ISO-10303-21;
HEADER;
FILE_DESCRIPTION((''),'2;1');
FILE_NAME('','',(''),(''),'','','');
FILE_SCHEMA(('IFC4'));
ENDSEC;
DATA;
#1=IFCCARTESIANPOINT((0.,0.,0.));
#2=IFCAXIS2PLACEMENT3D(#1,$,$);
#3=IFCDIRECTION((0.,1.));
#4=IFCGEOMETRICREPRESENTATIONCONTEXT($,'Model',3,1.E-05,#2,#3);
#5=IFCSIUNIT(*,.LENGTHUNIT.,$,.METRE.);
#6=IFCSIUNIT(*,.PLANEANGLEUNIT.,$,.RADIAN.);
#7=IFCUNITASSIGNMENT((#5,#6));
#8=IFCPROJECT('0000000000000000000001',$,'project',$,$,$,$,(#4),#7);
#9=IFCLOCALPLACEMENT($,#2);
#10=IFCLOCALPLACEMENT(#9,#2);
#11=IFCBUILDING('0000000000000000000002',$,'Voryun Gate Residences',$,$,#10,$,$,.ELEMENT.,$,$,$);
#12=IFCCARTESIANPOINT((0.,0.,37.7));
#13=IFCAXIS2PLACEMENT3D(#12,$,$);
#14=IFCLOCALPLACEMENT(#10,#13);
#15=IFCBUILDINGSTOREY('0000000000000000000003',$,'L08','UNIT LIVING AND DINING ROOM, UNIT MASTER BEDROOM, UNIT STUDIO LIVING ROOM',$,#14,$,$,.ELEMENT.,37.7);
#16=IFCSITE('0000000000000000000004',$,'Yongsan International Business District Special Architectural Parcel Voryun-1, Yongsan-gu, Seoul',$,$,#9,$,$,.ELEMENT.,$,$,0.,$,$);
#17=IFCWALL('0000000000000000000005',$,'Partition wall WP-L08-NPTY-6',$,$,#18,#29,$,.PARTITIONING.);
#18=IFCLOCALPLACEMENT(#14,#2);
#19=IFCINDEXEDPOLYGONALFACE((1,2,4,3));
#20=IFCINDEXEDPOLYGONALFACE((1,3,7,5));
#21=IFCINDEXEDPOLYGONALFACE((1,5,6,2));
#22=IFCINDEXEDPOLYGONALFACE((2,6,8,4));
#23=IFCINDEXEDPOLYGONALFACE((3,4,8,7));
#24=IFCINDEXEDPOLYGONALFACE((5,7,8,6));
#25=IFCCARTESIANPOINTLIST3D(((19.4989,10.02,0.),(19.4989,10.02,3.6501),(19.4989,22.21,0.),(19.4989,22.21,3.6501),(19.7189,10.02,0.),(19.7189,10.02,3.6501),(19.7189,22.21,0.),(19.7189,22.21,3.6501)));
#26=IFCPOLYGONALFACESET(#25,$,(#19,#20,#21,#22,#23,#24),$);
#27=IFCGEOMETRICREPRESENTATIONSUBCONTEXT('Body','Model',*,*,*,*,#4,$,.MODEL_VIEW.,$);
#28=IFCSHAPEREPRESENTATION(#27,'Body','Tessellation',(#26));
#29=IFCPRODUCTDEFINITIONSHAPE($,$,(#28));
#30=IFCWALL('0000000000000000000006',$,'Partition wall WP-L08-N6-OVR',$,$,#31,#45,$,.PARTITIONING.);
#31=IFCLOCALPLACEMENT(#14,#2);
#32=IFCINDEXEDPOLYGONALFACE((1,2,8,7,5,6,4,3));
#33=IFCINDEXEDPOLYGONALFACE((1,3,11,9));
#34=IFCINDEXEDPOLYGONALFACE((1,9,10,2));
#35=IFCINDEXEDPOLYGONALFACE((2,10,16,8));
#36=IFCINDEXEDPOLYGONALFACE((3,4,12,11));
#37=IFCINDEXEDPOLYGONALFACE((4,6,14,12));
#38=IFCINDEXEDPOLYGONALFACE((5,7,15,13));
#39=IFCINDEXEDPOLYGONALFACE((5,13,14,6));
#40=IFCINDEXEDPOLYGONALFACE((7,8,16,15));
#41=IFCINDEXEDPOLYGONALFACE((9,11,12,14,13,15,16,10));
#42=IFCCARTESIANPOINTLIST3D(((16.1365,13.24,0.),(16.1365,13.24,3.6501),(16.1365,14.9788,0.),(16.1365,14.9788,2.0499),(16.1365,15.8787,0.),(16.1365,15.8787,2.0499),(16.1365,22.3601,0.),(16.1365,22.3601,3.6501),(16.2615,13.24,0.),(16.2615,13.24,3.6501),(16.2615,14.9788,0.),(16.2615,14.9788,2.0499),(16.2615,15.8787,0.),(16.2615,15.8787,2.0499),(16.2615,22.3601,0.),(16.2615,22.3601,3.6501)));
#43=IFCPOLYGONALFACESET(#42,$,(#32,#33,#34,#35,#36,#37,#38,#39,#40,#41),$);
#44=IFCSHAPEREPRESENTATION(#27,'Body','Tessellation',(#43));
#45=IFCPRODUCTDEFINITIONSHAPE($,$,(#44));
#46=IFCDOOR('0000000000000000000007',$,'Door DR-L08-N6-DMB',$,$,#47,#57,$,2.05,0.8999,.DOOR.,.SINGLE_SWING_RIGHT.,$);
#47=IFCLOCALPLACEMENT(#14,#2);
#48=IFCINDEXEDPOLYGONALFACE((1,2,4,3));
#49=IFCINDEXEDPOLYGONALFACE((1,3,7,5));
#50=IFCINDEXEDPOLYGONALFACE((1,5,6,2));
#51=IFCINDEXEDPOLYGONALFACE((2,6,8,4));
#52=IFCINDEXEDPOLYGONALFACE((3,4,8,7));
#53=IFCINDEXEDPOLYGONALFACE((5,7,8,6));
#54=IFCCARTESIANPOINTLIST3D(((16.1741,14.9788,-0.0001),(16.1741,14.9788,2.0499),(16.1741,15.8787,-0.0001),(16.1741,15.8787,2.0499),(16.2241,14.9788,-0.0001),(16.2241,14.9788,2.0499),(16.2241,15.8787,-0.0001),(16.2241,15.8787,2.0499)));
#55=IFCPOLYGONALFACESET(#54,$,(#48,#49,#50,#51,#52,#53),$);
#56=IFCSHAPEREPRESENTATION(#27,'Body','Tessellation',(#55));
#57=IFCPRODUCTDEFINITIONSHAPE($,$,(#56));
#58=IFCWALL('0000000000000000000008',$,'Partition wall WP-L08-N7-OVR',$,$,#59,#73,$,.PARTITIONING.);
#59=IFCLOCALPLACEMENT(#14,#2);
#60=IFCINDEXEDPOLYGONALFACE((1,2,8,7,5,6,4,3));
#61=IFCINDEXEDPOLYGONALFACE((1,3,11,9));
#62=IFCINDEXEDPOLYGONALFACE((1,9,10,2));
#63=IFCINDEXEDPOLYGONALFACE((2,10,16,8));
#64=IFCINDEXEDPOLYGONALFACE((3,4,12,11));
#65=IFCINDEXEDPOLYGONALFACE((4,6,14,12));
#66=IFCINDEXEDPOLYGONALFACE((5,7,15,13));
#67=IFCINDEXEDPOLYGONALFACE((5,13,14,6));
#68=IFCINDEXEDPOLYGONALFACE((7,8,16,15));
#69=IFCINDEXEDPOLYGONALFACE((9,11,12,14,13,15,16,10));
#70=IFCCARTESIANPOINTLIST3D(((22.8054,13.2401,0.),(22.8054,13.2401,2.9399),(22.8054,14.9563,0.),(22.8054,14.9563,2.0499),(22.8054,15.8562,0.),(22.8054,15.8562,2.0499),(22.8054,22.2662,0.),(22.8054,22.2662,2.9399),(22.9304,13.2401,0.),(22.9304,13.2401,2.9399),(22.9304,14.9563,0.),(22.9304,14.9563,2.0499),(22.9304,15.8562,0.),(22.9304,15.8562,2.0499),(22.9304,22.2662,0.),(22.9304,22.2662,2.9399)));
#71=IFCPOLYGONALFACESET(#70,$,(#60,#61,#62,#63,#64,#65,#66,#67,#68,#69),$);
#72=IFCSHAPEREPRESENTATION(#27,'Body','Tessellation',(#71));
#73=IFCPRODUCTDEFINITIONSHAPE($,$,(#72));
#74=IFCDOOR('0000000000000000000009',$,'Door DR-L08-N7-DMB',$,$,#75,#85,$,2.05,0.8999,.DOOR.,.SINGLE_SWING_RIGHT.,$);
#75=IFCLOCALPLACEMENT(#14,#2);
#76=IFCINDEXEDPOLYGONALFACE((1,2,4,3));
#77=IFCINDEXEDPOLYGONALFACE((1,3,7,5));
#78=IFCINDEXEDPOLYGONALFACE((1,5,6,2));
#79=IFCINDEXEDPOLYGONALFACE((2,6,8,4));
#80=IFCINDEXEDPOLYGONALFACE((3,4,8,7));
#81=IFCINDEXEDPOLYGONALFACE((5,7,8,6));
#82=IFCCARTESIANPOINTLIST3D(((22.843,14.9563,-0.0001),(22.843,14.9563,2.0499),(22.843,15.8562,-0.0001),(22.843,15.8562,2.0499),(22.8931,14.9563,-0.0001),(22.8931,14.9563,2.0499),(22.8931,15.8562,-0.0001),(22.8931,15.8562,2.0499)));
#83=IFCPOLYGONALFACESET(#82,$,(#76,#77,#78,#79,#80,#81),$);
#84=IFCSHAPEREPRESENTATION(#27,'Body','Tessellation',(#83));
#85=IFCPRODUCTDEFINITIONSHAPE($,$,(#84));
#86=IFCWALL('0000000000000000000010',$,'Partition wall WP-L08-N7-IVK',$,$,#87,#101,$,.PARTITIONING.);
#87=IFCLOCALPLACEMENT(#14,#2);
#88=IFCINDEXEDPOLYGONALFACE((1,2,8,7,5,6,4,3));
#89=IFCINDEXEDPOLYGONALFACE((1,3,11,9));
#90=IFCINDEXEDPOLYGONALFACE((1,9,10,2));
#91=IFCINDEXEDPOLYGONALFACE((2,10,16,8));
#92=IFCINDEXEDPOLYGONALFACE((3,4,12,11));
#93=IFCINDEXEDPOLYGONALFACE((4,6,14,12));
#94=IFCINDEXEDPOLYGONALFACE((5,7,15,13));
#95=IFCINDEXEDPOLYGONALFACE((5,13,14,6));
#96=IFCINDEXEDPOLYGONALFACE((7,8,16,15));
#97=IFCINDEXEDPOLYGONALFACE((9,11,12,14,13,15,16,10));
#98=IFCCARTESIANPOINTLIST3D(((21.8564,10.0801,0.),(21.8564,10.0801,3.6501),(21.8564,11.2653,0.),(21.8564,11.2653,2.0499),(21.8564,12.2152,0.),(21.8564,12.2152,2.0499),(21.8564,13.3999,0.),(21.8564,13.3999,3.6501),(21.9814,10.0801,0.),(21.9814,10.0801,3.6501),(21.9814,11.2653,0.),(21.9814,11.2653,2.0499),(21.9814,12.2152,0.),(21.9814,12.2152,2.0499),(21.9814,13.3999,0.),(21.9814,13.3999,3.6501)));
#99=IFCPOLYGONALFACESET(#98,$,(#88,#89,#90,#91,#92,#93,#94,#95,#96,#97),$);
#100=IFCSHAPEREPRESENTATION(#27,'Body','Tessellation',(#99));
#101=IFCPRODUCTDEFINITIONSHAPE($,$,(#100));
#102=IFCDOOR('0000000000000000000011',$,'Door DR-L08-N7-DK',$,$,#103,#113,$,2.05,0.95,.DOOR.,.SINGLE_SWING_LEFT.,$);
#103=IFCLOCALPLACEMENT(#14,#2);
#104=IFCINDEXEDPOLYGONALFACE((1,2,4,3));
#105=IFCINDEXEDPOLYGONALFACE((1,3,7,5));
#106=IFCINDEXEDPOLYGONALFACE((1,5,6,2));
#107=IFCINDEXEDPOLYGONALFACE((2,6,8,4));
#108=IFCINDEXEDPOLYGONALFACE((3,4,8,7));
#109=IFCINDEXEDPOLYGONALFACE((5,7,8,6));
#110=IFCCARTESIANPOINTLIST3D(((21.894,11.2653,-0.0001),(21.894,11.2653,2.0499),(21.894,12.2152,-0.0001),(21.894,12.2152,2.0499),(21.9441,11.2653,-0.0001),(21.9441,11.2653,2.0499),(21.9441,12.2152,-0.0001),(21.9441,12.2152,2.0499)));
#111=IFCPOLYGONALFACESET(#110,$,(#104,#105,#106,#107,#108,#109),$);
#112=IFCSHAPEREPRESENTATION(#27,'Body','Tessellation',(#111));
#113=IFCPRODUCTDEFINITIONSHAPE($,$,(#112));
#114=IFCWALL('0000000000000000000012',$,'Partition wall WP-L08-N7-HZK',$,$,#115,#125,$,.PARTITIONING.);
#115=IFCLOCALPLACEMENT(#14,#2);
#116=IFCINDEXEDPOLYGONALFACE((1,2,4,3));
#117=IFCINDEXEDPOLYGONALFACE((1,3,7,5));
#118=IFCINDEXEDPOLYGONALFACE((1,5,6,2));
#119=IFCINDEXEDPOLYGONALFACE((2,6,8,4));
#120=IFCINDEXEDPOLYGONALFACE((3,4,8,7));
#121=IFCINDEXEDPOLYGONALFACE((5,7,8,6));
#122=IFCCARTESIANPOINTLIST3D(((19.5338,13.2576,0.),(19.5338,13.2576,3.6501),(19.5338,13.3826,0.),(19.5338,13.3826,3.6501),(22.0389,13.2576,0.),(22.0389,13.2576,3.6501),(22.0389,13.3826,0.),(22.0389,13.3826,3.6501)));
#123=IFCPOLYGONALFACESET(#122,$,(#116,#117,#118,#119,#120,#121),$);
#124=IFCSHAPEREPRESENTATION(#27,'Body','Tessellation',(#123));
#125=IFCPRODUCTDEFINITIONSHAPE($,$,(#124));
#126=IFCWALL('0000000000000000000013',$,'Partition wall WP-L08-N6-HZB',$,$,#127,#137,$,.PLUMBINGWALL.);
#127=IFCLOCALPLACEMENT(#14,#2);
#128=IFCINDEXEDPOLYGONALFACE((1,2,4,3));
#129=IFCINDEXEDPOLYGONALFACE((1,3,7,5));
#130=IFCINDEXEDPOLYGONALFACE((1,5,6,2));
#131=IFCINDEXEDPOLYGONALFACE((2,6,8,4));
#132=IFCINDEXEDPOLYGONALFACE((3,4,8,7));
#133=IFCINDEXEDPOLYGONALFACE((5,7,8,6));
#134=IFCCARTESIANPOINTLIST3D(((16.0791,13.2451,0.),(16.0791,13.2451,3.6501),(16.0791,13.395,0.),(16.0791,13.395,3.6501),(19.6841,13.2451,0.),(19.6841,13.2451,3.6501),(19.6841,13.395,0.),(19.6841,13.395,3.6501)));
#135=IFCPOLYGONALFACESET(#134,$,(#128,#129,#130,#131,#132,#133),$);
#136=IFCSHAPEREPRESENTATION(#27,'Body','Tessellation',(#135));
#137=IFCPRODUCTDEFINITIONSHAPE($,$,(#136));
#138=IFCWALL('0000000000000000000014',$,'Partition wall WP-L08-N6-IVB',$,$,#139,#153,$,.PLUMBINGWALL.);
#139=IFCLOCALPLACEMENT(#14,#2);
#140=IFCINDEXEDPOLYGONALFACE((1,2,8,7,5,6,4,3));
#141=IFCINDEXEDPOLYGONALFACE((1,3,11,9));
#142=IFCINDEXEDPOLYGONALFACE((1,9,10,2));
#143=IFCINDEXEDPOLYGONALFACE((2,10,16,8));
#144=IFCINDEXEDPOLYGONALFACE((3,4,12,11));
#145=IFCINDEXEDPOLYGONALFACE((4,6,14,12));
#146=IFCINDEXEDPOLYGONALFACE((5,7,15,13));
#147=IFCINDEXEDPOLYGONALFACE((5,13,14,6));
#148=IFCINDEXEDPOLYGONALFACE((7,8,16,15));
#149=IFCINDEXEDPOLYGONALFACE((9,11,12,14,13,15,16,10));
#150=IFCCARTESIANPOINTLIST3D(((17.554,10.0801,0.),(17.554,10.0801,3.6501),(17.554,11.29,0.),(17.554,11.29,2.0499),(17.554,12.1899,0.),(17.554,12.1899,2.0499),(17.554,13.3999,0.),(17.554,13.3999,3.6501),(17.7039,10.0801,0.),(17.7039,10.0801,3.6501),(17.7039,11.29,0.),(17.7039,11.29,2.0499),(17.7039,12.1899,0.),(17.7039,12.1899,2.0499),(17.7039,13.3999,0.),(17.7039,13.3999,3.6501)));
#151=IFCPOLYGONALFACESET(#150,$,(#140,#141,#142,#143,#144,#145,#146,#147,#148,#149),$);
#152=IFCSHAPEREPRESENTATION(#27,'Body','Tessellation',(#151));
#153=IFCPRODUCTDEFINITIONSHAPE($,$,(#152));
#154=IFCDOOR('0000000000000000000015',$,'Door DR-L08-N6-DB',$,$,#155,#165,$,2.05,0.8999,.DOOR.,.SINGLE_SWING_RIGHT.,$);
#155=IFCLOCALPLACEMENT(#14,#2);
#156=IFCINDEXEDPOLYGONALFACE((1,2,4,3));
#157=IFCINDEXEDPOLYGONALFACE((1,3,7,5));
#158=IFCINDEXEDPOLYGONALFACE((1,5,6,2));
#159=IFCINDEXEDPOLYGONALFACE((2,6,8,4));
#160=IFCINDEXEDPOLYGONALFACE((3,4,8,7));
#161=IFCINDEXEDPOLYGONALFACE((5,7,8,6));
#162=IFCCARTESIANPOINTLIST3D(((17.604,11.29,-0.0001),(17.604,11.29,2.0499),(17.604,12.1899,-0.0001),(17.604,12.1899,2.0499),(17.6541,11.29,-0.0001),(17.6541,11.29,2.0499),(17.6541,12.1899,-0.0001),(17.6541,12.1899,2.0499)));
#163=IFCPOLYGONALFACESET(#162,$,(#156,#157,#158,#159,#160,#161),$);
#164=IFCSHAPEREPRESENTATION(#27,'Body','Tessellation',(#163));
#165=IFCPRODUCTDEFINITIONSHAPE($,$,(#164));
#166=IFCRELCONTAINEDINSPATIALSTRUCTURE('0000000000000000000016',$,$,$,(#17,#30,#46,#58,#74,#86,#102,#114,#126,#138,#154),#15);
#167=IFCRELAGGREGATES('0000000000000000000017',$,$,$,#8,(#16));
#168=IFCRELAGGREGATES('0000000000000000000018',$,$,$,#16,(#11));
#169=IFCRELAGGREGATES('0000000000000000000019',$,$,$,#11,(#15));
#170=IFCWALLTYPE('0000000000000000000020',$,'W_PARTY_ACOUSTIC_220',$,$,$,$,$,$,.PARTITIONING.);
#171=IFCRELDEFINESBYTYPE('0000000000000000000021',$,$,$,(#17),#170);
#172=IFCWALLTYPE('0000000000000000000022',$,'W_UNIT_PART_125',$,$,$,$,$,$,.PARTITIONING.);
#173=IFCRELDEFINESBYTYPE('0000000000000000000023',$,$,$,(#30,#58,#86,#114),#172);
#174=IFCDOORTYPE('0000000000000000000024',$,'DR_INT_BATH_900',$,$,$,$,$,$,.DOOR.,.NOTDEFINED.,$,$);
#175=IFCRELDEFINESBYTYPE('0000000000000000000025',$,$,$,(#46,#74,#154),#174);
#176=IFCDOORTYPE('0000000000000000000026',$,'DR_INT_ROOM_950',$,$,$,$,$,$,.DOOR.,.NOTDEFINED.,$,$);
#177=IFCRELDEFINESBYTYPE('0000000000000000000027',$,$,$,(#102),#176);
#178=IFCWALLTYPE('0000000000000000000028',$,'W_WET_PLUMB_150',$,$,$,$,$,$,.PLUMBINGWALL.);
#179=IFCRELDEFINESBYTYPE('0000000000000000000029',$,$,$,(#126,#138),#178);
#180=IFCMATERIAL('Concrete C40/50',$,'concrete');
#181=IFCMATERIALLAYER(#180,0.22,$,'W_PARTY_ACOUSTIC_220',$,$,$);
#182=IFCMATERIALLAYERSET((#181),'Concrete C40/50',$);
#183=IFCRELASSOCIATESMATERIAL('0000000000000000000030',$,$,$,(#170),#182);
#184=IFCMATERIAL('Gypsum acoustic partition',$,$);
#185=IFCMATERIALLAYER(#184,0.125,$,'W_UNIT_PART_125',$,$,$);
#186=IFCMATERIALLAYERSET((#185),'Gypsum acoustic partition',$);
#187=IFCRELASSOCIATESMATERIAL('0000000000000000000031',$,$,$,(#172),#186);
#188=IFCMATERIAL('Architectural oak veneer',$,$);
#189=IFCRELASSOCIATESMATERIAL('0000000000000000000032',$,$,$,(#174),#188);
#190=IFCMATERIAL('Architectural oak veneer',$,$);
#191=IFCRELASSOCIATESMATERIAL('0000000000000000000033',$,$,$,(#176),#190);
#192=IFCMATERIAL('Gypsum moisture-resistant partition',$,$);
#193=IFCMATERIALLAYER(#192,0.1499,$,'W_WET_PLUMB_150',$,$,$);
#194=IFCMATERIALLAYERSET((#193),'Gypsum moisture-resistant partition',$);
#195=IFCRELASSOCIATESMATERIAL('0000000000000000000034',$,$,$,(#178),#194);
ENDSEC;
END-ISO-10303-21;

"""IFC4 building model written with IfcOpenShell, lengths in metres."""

from ifc_helpers import new_model, si_unit, direction, frame, frame_2d, origin, place, context, subcontext, project, spatial, rectangle, extrude, material, layer, layer_set, type_object, element, fill, save


model = new_model("IFC4")

# Units and contexts
model_context = context("Model", 3, precision=1e-05, world=origin(), true_north=direction((0.0, 1.0)))
body_context = subcontext(model_context, "Body", "Model", "MODEL_VIEW")
ifc_project = project(units=[si_unit("LENGTHUNIT", "METRE"), si_unit("PLANEANGLEUNIT", "RADIAN")], contexts=[model_context])

# Site, building, storey
site_placement = place(None, origin())
site = spatial("IfcSite", under=ifc_project, at=site_placement, Name="Yongsan International Business District Special Architectural Parcel Voryun-1, Yongsan-gu, Seoul", CompositionType="ELEMENT", RefElevation=0.0)
building_placement = place(site_placement, origin())
building = spatial("IfcBuilding", under=site, at=building_placement, Name="Voryun Gate Residences", CompositionType="ELEMENT")
storey_placement = place(building_placement, frame((0.0, 0.0, 37.7)))
storey = spatial("IfcBuildingStorey", under=building, at=storey_placement, Name="L08", Description="UNIT LIVING AND DINING ROOM, UNIT MASTER BEDROOM, UNIT STUDIO LIVING ROOM", CompositionType="ELEMENT", Elevation=37.7)

# Wall
ifc_material_1 = material(Name="Concrete C40/50", Category="concrete")
ifc_layer_1 = layer(ifc_material_1, 0.22, Name="W_PARTY_ACOUSTIC_220")
ifc_layer_set_1 = layer_set([ifc_layer_1], Name="Concrete C40/50")
wall_type_1 = type_object("IfcWallType", Name="W_PARTY_ACOUSTIC_220", PredefinedType="PARTITIONING", material=ifc_layer_set_1)
wall_1_placement = place(storey_placement, frame((19.6089, 10.02, 0.0), z_axis=(0.0, 0.0, 1.0), x_axis=(0.0, 1.0, 0.0)))
element("IfcWall", 1, at=wall_1_placement, inside=storey, type_object=wall_type_1, Name="Partition wall WP-L08-NPTY-6", PredefinedType="PARTITIONING", context=body_context, shape_type="SweptSolid", body=[
    extrude(rectangle(XDim=12.1899, YDim=0.22, at=frame_2d((6.095, 0.0))), origin(), (0.0, 0.0, 1.0), 3.6501),
])

# Walls, openings, doors
ifc_material_2 = material(Name="Gypsum acoustic partition")
ifc_layer_2 = layer(ifc_material_2, 0.125, Name="W_UNIT_PART_125")
ifc_layer_set_2 = layer_set([ifc_layer_2], Name="Gypsum acoustic partition")
wall_type_2 = type_object("IfcWallType", Name="W_UNIT_PART_125", PredefinedType="PARTITIONING", material=ifc_layer_set_2)
wall_2_placement = place(storey_placement, frame((16.199, 13.24, 0.0), z_axis=(0.0, 0.0, 1.0), x_axis=(0.0, 1.0, 0.0)))
wall_2 = element("IfcWall", 2, at=wall_2_placement, inside=storey, type_object=wall_type_2, Name="Partition wall WP-L08-N6-OVR", PredefinedType="PARTITIONING", context=body_context, shape_type="SweptSolid", body=[
    extrude(rectangle(XDim=9.1201, YDim=0.125, at=frame_2d((4.5601, 0.0))), origin(), (0.0, 0.0, 1.0), 3.6501),
])
opening_1_placement = place(wall_2_placement, frame((1.7388, 0.0, 0.0)))
opening_1 = element("IfcOpeningElement", 3, at=opening_1_placement, cuts=wall_2, PredefinedType="OPENING", context=body_context, shape_type="SweptSolid", body=[
    extrude(rectangle(XDim=0.8999, YDim=2.05, at=frame_2d((0.45, 1.0249))), frame((0.0, 0.0725, 0.0), z_axis=(0.0, -1.0, 0.0), x_axis=(1.0, 0.0, 0.0)), (0.0, 0.0, 1.0), 0.145),
])
ifc_material_3 = material(Name="Architectural oak veneer")
door_type_1 = type_object("IfcDoorType", Name="DR_INT_BATH_900", OperationType="NOTDEFINED", PredefinedType="DOOR", material=ifc_material_3)
door_1_placement = place(opening_1_placement, origin())
door_1 = element("IfcDoor", 4, at=door_1_placement, inside=storey, type_object=door_type_1, Name="Door DR-L08-N6-DMB", OperationType="SINGLE_SWING_RIGHT", OverallHeight=2.05, OverallWidth=0.8999, PredefinedType="DOOR", context=body_context, shape_type="SweptSolid", body=[
    extrude(rectangle(XDim=0.8999, YDim=2.05, at=frame_2d((0.45, 1.0249))), frame((0.0, 0.0249, 0.0), z_axis=(0.0, -1.0, 0.0), x_axis=(1.0, 0.0, 0.0)), (0.0, 0.0, 1.0), 0.05),
])
fill(opening_1, door_1)
wall_3_placement = place(storey_placement, frame((22.8679, 13.24, 0.0), z_axis=(0.0, 0.0, 1.0), x_axis=(0.0, 1.0, 0.0)))
wall_3 = element("IfcWall", 5, at=wall_3_placement, inside=storey, type_object=wall_type_2, Name="Partition wall WP-L08-N7-OVR", PredefinedType="PARTITIONING", context=body_context, shape_type="SweptSolid", body=[
    extrude(rectangle(XDim=9.0261, YDim=0.125, at=frame_2d((4.5132, 0.0))), origin(), (0.0, 0.0, 1.0), 2.9399),
])
opening_2_placement = place(wall_3_placement, frame((1.7163, 0.0, 0.0)))
opening_2 = element("IfcOpeningElement", 6, at=opening_2_placement, cuts=wall_3, PredefinedType="OPENING", context=body_context, shape_type="SweptSolid", body=[
    extrude(rectangle(XDim=0.8999, YDim=2.05, at=frame_2d((0.45, 1.0249))), frame((0.0, 0.0725, 0.0), z_axis=(0.0, -1.0, 0.0), x_axis=(1.0, 0.0, 0.0)), (0.0, 0.0, 1.0), 0.145),
])
door_2_placement = place(opening_2_placement, origin())
door_2 = element("IfcDoor", 7, at=door_2_placement, inside=storey, type_object=door_type_1, Name="Door DR-L08-N7-DMB", OperationType="SINGLE_SWING_RIGHT", OverallHeight=2.05, OverallWidth=0.8999, PredefinedType="DOOR", context=body_context, shape_type="SweptSolid", body=[
    extrude(rectangle(XDim=0.8999, YDim=2.05, at=frame_2d((0.45, 1.0249))), frame((0.0, 0.0249, 0.0), z_axis=(0.0, -1.0, 0.0), x_axis=(1.0, 0.0, 0.0)), (0.0, 0.0, 1.0), 0.05),
])
fill(opening_2, door_2)
wall_4_placement = place(storey_placement, frame((21.9189, 10.0801, 0.0), z_axis=(0.0, 0.0, 1.0), x_axis=(0.0, 1.0, 0.0)))
wall_4 = element("IfcWall", 8, at=wall_4_placement, inside=storey, type_object=wall_type_2, Name="Partition wall WP-L08-N7-IVK", PredefinedType="PARTITIONING", context=body_context, shape_type="SweptSolid", body=[
    extrude(rectangle(XDim=3.3198, YDim=0.125, at=frame_2d((1.6599, 0.0))), origin(), (0.0, 0.0, 1.0), 3.6501),
])
opening_3_placement = place(wall_4_placement, frame((1.1851, 0.0, 0.0)))
opening_3 = element("IfcOpeningElement", 9, at=opening_3_placement, cuts=wall_4, PredefinedType="OPENING", context=body_context, shape_type="SweptSolid", body=[
    extrude(rectangle(XDim=0.95, YDim=2.05, at=frame_2d((0.4751, 1.0249))), frame((0.0, 0.0725, 0.0), z_axis=(0.0, -1.0, 0.0), x_axis=(1.0, 0.0, 0.0)), (0.0, 0.0, 1.0), 0.145),
])
ifc_material_4 = material(Name="Architectural oak veneer")
door_type_2 = type_object("IfcDoorType", Name="DR_INT_ROOM_950", OperationType="NOTDEFINED", PredefinedType="DOOR", material=ifc_material_4)
door_3_placement = place(opening_3_placement, origin())
door_3 = element("IfcDoor", 10, at=door_3_placement, inside=storey, type_object=door_type_2, Name="Door DR-L08-N7-DK", OperationType="SINGLE_SWING_LEFT", OverallHeight=2.05, OverallWidth=0.95, PredefinedType="DOOR", context=body_context, shape_type="SweptSolid", body=[
    extrude(rectangle(XDim=0.95, YDim=2.05, at=frame_2d((0.4751, 1.0249))), frame((0.0, 0.0249, 0.0), z_axis=(0.0, -1.0, 0.0), x_axis=(1.0, 0.0, 0.0)), (0.0, 0.0, 1.0), 0.05),
])
fill(opening_3, door_3)

# Walls
wall_5_placement = place(storey_placement, frame((19.5339, 13.3201, 0.0), z_axis=(0.0, 0.0, 1.0), x_axis=(1.0, 0.0, 0.0)))
element("IfcWall", 11, at=wall_5_placement, inside=storey, type_object=wall_type_2, Name="Partition wall WP-L08-N7-HZK", PredefinedType="PARTITIONING", context=body_context, shape_type="SweptSolid", body=[
    extrude(rectangle(XDim=2.5051, YDim=0.125, at=frame_2d((1.2524, 0.0))), origin(), (0.0, 0.0, 1.0), 3.6501),
])
ifc_material_5 = material(Name="Gypsum moisture-resistant partition")
ifc_layer_3 = layer(ifc_material_5, 0.1499, Name="W_WET_PLUMB_150")
ifc_layer_set_3 = layer_set([ifc_layer_3], Name="Gypsum moisture-resistant partition")
wall_type_3 = type_object("IfcWallType", Name="W_WET_PLUMB_150", PredefinedType="PLUMBINGWALL", material=ifc_layer_set_3)
wall_6_placement = place(storey_placement, frame((16.0791, 13.3201, 0.0), z_axis=(0.0, 0.0, 1.0), x_axis=(1.0, 0.0, 0.0)))
element("IfcWall", 12, at=wall_6_placement, inside=storey, type_object=wall_type_3, Name="Partition wall WP-L08-N6-HZB", PredefinedType="PLUMBINGWALL", context=body_context, shape_type="SweptSolid", body=[
    extrude(rectangle(XDim=3.605, YDim=0.1499, at=frame_2d((1.8025, 0.0))), origin(), (0.0, 0.0, 1.0), 3.6501),
])

# Wall, opening, door
wall_7_placement = place(storey_placement, frame((17.6289, 10.0801, 0.0), z_axis=(0.0, 0.0, 1.0), x_axis=(0.0, 1.0, 0.0)))
wall_7 = element("IfcWall", 13, at=wall_7_placement, inside=storey, type_object=wall_type_3, Name="Partition wall WP-L08-N6-IVB", PredefinedType="PLUMBINGWALL", context=body_context, shape_type="SweptSolid", body=[
    extrude(rectangle(XDim=3.3198, YDim=0.1499, at=frame_2d((1.6599, 0.0))), origin(), (0.0, 0.0, 1.0), 3.6501),
])
opening_4_placement = place(wall_7_placement, frame((1.21, 0.0, 0.0)))
opening_4 = element("IfcOpeningElement", 14, at=opening_4_placement, cuts=wall_7, PredefinedType="OPENING", context=body_context, shape_type="SweptSolid", body=[
    extrude(rectangle(XDim=0.8999, YDim=2.05, at=frame_2d((0.45, 1.0249))), frame((0.0, 0.085, 0.0), z_axis=(0.0, -1.0, 0.0), x_axis=(1.0, 0.0, 0.0)), (0.0, 0.0, 1.0), 0.1699),
])
door_4_placement = place(opening_4_placement, origin())
door_4 = element("IfcDoor", 15, at=door_4_placement, inside=storey, type_object=door_type_1, Name="Door DR-L08-N6-DB", OperationType="SINGLE_SWING_RIGHT", OverallHeight=2.05, OverallWidth=0.8999, PredefinedType="DOOR", context=body_context, shape_type="SweptSolid", body=[
    extrude(rectangle(XDim=0.8999, YDim=2.05, at=frame_2d((0.45, 1.0249))), frame((0.0, 0.0249, 0.0), z_axis=(0.0, -1.0, 0.0), x_axis=(1.0, 0.0, 0.0)), (0.0, 0.0, 1.0), 0.05),
])
fill(opening_4, door_4)

save(model, "model.ifc")
